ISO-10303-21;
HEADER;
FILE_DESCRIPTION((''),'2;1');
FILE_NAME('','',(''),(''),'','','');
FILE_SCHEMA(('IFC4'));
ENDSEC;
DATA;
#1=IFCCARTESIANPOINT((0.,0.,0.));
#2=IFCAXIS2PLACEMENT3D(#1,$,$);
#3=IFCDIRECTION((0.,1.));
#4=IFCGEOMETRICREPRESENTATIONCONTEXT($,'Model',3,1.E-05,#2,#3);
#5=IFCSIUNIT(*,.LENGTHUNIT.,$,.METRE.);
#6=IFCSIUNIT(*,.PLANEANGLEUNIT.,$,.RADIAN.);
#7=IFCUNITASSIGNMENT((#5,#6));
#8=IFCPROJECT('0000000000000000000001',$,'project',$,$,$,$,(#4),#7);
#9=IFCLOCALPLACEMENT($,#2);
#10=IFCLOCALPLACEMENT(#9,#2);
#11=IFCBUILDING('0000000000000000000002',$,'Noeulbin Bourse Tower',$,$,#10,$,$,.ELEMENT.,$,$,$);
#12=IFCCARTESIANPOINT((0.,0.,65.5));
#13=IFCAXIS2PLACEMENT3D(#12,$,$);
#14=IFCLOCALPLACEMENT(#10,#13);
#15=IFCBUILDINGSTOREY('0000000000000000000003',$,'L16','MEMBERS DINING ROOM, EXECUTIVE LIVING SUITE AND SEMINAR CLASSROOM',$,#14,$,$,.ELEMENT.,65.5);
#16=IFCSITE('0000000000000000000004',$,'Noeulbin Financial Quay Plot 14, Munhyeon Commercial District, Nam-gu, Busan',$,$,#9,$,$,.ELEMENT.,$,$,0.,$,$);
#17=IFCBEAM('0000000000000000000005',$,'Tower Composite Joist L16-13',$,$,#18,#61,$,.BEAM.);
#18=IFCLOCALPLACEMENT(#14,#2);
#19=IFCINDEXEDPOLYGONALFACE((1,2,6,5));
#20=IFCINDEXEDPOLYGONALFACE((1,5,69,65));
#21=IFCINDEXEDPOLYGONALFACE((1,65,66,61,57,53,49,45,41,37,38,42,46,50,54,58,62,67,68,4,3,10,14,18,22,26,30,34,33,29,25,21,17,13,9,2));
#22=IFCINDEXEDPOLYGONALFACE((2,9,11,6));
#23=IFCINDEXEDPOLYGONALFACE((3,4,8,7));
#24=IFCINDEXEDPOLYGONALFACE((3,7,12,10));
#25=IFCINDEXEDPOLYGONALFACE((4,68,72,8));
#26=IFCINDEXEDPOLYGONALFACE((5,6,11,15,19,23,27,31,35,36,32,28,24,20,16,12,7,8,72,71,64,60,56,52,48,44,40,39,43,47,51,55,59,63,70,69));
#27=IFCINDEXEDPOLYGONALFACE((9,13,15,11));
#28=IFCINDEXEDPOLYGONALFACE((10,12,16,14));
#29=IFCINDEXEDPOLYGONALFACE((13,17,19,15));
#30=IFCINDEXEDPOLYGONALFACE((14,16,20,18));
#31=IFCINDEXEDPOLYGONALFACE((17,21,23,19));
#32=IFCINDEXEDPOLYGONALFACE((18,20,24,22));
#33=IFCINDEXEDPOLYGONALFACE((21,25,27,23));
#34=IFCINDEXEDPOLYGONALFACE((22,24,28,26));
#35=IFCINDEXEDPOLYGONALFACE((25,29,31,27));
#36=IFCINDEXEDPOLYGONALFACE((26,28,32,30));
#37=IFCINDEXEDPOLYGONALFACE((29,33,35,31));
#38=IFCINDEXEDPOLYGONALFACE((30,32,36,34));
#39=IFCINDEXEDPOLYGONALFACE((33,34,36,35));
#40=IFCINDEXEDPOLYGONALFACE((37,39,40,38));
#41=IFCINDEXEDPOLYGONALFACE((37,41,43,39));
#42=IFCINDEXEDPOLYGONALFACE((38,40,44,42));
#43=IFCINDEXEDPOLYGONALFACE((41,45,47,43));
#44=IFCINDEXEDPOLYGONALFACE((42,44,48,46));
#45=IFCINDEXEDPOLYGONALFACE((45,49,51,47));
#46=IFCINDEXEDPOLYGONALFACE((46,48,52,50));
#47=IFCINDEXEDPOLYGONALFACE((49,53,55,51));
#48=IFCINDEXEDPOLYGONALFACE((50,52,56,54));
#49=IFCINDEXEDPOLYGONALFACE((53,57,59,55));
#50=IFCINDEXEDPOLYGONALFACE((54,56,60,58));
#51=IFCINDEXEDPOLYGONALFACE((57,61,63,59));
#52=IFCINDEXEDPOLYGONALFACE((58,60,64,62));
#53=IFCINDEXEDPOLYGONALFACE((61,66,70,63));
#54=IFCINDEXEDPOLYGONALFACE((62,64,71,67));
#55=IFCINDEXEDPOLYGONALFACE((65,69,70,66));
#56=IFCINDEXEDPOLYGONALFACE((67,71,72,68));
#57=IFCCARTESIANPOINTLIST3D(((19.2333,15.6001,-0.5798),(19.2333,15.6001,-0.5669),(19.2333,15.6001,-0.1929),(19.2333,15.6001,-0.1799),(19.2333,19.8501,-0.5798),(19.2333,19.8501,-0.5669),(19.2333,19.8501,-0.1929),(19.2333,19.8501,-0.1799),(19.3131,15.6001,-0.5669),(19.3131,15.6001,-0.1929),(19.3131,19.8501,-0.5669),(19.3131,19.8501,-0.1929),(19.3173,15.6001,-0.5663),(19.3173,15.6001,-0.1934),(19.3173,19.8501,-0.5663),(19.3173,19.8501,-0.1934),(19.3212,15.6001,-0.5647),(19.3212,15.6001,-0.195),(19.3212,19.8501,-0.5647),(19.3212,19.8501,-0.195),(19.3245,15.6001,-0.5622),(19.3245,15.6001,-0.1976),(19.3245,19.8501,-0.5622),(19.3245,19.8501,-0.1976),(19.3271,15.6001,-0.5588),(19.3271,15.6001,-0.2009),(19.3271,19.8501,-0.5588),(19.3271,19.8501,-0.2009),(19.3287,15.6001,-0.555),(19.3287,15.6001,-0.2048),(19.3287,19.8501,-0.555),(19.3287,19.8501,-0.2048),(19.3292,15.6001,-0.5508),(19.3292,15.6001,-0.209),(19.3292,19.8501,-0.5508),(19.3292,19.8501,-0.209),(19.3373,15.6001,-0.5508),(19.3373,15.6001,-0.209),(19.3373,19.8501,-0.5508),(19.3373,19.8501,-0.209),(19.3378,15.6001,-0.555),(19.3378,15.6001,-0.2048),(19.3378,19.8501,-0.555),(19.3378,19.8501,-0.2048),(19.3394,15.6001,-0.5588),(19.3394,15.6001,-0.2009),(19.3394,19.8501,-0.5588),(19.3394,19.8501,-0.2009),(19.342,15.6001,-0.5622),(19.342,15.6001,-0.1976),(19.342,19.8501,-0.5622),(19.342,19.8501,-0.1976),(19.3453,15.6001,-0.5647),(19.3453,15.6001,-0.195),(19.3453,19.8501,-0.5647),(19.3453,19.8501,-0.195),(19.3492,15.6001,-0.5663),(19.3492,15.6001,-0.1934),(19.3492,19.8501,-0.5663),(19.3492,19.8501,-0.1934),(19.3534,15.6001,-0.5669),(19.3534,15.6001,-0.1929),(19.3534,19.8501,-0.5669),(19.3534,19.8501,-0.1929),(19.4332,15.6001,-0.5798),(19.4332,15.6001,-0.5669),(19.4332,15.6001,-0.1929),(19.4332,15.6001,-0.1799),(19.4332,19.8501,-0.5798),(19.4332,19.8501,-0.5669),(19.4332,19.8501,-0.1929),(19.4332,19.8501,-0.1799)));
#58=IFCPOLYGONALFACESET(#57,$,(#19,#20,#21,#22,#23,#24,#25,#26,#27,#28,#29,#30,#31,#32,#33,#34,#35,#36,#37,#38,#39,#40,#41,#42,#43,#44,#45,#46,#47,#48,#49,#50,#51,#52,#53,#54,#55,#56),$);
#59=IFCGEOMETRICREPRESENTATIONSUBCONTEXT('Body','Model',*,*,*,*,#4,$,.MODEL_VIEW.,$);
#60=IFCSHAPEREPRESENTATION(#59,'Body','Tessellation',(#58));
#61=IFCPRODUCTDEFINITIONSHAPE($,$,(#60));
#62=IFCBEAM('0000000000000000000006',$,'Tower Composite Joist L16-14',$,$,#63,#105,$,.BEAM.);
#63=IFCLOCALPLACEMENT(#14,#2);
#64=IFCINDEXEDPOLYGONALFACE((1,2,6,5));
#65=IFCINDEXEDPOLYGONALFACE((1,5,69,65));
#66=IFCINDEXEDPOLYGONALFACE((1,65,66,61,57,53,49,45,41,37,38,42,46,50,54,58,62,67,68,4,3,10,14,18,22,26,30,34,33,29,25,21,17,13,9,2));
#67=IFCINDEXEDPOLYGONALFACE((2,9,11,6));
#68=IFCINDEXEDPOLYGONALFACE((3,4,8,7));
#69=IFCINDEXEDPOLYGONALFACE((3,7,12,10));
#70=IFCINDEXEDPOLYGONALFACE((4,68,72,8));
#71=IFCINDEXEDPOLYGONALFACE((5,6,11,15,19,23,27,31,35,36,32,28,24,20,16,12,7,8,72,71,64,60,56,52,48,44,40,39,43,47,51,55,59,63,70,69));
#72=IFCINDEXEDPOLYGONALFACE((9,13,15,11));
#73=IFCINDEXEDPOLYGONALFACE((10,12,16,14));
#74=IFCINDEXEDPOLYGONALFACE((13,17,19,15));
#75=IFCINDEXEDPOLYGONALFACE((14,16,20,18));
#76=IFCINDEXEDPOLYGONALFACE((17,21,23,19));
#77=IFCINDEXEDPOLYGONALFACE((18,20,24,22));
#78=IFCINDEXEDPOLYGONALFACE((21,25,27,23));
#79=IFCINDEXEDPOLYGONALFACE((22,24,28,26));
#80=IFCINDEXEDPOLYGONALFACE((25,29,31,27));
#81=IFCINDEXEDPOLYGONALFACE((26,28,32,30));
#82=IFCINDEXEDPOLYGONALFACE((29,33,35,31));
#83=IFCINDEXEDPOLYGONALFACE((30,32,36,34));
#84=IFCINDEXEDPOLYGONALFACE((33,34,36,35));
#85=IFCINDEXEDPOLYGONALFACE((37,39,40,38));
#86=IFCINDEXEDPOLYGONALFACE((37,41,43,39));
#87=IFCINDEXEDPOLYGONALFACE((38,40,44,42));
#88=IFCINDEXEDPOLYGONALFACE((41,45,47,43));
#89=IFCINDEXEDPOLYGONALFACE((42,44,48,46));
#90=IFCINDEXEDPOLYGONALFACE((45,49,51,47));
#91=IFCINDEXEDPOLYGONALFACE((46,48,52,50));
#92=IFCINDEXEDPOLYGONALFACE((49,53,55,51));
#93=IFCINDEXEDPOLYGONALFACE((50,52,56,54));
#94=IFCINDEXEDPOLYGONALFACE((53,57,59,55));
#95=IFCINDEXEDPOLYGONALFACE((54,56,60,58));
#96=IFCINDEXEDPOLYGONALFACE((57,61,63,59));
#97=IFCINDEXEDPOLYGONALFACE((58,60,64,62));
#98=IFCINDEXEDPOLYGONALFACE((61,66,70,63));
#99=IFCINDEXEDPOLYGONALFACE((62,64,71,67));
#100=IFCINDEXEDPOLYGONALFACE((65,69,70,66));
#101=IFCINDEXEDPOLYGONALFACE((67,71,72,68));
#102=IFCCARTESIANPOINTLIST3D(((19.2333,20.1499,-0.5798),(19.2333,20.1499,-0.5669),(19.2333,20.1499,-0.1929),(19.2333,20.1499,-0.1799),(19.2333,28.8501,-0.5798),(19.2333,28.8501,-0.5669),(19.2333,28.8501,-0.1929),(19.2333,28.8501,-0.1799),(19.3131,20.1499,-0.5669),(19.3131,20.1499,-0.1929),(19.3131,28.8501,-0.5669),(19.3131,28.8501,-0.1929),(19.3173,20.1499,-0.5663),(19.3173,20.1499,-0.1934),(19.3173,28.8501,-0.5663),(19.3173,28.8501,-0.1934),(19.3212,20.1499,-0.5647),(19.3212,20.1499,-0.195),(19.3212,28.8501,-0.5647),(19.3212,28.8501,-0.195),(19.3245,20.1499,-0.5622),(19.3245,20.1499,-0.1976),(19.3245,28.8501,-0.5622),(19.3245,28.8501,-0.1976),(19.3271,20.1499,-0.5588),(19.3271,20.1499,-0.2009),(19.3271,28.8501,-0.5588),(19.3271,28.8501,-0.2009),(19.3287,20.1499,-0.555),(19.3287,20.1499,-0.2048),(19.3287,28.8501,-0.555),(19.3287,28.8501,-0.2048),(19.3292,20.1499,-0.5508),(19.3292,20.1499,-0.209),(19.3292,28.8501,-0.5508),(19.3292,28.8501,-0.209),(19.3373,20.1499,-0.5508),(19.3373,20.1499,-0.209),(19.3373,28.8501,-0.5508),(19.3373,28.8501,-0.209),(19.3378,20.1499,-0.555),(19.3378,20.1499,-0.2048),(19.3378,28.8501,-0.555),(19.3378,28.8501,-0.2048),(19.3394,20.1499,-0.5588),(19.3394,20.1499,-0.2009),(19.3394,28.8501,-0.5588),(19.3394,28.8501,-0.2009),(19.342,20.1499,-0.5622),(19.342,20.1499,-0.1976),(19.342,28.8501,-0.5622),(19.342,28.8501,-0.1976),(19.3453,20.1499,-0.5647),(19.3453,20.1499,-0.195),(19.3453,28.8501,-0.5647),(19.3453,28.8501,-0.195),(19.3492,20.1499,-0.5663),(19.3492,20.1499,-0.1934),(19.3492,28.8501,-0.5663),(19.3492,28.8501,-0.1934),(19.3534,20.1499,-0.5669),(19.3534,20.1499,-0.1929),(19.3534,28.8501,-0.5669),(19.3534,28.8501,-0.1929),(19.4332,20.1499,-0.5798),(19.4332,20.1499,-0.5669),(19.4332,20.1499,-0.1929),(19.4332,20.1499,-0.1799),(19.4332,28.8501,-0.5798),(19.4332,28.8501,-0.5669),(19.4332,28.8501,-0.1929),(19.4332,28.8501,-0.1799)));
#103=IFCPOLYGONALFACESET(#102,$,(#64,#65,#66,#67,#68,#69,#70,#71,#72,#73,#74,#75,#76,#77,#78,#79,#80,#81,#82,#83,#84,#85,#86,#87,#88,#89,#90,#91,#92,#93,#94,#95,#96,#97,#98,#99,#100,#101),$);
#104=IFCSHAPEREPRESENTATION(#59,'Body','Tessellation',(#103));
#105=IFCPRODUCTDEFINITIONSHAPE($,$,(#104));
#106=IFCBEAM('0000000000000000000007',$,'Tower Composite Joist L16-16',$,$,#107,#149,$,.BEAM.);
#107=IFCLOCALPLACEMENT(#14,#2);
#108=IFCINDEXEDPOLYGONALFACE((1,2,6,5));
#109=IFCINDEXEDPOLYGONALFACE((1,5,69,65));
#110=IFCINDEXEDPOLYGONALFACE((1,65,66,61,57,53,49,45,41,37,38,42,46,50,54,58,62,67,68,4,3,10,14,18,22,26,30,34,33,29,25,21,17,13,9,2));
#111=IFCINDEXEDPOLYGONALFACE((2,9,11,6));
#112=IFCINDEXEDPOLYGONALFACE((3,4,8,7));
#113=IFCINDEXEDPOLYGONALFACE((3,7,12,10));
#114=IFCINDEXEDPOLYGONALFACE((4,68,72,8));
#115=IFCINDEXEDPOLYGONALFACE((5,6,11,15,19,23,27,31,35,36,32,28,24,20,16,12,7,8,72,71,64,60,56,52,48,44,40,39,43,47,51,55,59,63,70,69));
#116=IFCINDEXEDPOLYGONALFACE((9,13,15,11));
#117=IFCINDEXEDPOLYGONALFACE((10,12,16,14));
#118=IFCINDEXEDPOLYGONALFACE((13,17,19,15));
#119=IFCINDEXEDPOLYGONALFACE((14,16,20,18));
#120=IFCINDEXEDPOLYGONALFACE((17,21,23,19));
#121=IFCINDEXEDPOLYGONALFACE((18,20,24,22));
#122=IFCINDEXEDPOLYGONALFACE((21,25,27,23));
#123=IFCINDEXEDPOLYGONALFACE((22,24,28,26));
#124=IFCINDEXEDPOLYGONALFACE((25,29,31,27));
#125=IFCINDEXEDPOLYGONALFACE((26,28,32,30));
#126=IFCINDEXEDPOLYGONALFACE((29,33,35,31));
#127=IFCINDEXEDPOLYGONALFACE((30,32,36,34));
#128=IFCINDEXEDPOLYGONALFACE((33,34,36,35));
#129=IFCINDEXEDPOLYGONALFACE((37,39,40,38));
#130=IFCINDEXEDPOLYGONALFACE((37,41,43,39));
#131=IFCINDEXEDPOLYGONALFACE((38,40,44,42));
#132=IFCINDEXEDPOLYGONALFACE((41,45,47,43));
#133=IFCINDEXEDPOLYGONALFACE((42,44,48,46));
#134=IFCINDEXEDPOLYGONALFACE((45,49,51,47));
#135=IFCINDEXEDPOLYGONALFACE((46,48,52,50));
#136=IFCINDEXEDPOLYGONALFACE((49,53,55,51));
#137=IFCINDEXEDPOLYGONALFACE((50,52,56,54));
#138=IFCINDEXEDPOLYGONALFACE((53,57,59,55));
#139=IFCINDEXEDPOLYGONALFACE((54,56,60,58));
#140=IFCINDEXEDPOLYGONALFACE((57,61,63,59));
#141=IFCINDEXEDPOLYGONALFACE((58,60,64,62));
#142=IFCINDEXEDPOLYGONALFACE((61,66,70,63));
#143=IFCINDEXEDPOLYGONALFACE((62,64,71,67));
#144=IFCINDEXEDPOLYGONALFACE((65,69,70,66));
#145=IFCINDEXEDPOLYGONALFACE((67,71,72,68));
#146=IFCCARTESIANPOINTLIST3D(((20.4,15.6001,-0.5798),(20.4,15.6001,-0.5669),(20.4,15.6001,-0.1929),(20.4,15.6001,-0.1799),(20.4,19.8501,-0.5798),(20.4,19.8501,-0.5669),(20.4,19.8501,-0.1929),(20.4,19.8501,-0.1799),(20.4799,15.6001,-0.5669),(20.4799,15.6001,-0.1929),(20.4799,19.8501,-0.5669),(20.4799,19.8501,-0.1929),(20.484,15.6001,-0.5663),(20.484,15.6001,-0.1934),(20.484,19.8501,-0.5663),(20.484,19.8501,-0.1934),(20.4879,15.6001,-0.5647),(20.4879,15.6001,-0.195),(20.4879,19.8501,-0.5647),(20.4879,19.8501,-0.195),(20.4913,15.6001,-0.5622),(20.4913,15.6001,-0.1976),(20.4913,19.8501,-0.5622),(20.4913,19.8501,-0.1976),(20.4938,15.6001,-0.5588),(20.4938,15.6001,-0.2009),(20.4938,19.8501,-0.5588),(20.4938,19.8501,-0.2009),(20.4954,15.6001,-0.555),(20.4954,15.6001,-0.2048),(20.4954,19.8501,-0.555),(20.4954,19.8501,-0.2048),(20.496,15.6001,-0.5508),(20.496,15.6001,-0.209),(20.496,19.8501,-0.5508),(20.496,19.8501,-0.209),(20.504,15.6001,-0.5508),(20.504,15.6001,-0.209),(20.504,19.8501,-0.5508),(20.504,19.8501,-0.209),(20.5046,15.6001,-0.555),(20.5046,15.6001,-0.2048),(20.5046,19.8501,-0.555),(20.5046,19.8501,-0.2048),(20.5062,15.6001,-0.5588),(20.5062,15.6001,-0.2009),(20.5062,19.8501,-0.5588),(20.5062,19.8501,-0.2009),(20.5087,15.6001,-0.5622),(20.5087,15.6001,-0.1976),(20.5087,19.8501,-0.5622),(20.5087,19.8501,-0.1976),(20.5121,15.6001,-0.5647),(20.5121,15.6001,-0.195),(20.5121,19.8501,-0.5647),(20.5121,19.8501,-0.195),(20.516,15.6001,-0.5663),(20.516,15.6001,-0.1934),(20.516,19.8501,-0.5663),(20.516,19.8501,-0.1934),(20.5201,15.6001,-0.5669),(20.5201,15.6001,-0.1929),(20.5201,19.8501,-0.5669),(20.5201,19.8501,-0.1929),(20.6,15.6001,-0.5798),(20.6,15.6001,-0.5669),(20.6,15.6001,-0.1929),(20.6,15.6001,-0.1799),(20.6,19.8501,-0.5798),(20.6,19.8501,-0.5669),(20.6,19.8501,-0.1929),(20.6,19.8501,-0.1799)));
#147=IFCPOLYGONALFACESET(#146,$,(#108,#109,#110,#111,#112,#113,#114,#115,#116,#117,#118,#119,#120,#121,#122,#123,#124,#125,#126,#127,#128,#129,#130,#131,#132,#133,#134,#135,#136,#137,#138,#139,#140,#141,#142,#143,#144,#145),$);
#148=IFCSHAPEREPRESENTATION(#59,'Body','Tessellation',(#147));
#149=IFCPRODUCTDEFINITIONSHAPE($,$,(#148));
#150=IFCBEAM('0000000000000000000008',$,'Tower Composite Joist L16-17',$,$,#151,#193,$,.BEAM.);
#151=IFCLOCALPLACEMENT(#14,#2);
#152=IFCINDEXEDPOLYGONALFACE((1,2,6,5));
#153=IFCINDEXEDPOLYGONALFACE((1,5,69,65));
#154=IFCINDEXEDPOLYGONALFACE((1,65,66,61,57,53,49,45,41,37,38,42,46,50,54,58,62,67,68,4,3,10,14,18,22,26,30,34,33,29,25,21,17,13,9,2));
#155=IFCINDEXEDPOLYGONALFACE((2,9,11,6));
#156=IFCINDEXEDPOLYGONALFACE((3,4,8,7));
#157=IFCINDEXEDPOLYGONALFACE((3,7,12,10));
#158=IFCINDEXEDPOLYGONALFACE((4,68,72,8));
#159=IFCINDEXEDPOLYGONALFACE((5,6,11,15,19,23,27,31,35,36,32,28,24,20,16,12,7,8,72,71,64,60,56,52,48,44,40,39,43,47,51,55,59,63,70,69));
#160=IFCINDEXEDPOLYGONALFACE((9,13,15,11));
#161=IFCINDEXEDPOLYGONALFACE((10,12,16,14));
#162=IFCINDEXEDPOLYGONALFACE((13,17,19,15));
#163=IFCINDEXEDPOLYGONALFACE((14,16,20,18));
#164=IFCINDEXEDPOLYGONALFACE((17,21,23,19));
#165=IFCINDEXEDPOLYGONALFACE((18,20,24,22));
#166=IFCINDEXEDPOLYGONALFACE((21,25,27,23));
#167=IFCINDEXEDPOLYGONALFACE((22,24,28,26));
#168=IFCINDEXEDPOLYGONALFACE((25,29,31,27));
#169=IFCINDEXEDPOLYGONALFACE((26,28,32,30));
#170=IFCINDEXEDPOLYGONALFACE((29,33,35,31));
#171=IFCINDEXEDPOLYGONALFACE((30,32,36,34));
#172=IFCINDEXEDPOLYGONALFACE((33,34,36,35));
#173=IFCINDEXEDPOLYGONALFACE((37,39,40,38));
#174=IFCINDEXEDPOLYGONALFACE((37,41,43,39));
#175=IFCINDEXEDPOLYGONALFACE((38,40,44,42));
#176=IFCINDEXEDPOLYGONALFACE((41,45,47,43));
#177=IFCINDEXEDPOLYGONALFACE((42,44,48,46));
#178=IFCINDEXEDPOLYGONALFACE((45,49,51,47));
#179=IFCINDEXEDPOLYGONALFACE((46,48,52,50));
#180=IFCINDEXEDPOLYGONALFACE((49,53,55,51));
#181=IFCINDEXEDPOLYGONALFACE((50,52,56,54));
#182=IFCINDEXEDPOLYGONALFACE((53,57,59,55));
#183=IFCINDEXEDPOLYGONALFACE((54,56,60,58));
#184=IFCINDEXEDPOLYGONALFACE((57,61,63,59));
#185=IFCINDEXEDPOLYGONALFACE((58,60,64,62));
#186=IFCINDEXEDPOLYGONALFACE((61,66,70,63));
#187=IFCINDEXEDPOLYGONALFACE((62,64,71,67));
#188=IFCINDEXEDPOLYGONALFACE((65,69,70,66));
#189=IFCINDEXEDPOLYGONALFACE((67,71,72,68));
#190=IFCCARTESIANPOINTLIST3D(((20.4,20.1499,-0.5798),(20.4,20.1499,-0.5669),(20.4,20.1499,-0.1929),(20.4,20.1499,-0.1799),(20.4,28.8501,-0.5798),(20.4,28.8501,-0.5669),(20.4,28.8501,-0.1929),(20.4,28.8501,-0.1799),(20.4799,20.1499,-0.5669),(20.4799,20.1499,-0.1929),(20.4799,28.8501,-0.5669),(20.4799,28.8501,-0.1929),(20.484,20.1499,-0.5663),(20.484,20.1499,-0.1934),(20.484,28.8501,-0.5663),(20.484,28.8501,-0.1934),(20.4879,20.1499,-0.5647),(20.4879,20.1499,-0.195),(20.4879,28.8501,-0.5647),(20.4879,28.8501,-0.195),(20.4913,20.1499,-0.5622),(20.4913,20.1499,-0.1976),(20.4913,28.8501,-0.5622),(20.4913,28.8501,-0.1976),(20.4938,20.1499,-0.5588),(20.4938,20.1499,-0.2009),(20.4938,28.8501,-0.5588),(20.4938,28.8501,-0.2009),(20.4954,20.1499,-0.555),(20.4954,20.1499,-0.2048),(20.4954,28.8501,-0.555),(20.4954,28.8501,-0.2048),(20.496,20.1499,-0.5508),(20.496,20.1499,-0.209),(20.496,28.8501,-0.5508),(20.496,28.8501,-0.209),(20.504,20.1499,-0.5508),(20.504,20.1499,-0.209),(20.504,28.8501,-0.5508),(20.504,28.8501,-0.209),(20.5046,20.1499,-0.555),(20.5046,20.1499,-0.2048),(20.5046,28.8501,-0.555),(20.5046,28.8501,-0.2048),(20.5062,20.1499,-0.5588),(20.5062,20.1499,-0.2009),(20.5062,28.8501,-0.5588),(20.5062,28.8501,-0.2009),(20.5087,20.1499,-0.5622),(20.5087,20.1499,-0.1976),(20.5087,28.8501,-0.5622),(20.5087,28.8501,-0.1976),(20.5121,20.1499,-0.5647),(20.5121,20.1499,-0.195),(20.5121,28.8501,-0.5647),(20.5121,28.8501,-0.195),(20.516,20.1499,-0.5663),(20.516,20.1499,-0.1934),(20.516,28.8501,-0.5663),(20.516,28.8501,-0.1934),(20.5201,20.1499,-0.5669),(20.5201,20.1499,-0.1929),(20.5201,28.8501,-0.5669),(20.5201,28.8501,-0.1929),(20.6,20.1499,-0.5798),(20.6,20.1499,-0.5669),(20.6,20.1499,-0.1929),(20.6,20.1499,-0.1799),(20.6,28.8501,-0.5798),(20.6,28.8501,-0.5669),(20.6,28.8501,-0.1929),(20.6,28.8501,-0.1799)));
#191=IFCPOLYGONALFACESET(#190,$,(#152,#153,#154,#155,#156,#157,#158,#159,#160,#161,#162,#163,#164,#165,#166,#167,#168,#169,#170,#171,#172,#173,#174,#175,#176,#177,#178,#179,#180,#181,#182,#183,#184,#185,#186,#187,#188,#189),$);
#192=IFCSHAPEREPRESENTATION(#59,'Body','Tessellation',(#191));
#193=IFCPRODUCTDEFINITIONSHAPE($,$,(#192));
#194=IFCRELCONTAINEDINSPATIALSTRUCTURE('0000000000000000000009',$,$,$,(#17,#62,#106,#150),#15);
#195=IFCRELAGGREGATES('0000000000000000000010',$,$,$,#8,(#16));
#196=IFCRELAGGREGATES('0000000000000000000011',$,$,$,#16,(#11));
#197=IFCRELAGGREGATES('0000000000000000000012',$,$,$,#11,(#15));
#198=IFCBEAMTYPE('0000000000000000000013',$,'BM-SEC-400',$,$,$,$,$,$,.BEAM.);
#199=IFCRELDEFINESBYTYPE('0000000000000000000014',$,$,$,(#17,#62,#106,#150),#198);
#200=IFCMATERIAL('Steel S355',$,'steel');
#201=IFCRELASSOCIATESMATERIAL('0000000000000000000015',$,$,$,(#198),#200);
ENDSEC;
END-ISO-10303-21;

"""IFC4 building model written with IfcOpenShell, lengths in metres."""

from ifc_helpers import new_model, si_unit, direction, frame, origin, origin_2d, place, context, subcontext, project, spatial, i_section, extrude, material, material_profile, profile_set, type_object, element, save


model = new_model("IFC4")

# Units and contexts
model_context = context("Model", 3, precision=1e-05, world=origin(), true_north=direction((0.0, 1.0)))
body_context = subcontext(model_context, "Body", "Model", "MODEL_VIEW")
ifc_project = project(units=[si_unit("LENGTHUNIT", "METRE"), si_unit("PLANEANGLEUNIT", "RADIAN")], contexts=[model_context])

# Site, building, storey
site_placement = place(None, origin())
site = spatial("IfcSite", under=ifc_project, at=site_placement, Name="Noeulbin Financial Quay Plot 14, Munhyeon Commercial District, Nam-gu, Busan", CompositionType="ELEMENT", RefElevation=0.0)
building_placement = place(site_placement, origin())
building = spatial("IfcBuilding", under=site, at=building_placement, Name="Noeulbin Bourse Tower", CompositionType="ELEMENT")
storey_placement = place(building_placement, frame((0.0, 0.0, 65.5)))
storey = spatial("IfcBuildingStorey", under=building, at=storey_placement, Name="L16", Description="MEMBERS DINING ROOM, EXECUTIVE LIVING SUITE AND SEMINAR CLASSROOM", CompositionType="ELEMENT", Elevation=65.5)

# Beams
ifc_material_1 = material(Name="Steel S355", Category="steel")
ifc_material_profile_1 = material_profile(ifc_material_1, i_section(OverallWidth=0.2, OverallDepth=0.3999, WebThickness=0.0081, FlangeThickness=0.0129, FilletRadius=0.0161, at=origin_2d()), Name="H-400x200x8x13", Category="LoadBearing")
ifc_profile_set_1 = profile_set([ifc_material_profile_1], Name="Steel S355")
beam_type_1 = type_object("IfcBeamType", Name="BM-SEC-400", PredefinedType="BEAM", material=ifc_profile_set_1)
beam_1_placement = place(storey_placement, frame((19.3333, 15.6001, -0.3799), z_axis=(0.0, 1.0, 0.0), x_axis=(-1.0, 0.0, 0.0)))
element("IfcBeam", 1, at=beam_1_placement, inside=storey, type_object=beam_type_1, Name="Tower Composite Joist L16-13", PredefinedType="BEAM", context=body_context, shape_type="SweptSolid", body=[
    extrude(i_section(OverallWidth=0.2, OverallDepth=0.3999, WebThickness=0.0081, FlangeThickness=0.0129, FilletRadius=0.0161, at=origin_2d()), origin(), (0.0, 0.0, 1.0), 4.25),
])
beam_2_placement = place(storey_placement, frame((19.3333, 20.1499, -0.3799), z_axis=(0.0, 1.0, 0.0), x_axis=(-1.0, 0.0, 0.0)))
element("IfcBeam", 2, at=beam_2_placement, inside=storey, type_object=beam_type_1, Name="Tower Composite Joist L16-14", PredefinedType="BEAM", context=body_context, shape_type="SweptSolid", body=[
    extrude(i_section(OverallWidth=0.2, OverallDepth=0.3999, WebThickness=0.0081, FlangeThickness=0.0129, FilletRadius=0.0161, at=origin_2d()), origin(), (0.0, 0.0, 1.0), 8.7002),
])
beam_3_placement = place(storey_placement, frame((20.5, 15.6001, -0.3799), z_axis=(0.0, 1.0, 0.0), x_axis=(-1.0, 0.0, 0.0)))
element("IfcBeam", 3, at=beam_3_placement, inside=storey, type_object=beam_type_1, Name="Tower Composite Joist L16-16", PredefinedType="BEAM", context=body_context, shape_type="SweptSolid", body=[
    extrude(i_section(OverallWidth=0.2, OverallDepth=0.3999, WebThickness=0.0081, FlangeThickness=0.0129, FilletRadius=0.0161, at=origin_2d()), origin(), (0.0, 0.0, 1.0), 4.25),
])
beam_4_placement = place(storey_placement, frame((20.5, 20.1499, -0.3799), z_axis=(0.0, 1.0, 0.0), x_axis=(-1.0, 0.0, 0.0)))
element("IfcBeam", 4, at=beam_4_placement, inside=storey, type_object=beam_type_1, Name="Tower Composite Joist L16-17", PredefinedType="BEAM", context=body_context, shape_type="SweptSolid", body=[
    extrude(i_section(OverallWidth=0.2, OverallDepth=0.3999, WebThickness=0.0081, FlangeThickness=0.0129, FilletRadius=0.0161, at=origin_2d()), origin(), (0.0, 0.0, 1.0), 8.7002),
])

save(model, "model.ifc")
